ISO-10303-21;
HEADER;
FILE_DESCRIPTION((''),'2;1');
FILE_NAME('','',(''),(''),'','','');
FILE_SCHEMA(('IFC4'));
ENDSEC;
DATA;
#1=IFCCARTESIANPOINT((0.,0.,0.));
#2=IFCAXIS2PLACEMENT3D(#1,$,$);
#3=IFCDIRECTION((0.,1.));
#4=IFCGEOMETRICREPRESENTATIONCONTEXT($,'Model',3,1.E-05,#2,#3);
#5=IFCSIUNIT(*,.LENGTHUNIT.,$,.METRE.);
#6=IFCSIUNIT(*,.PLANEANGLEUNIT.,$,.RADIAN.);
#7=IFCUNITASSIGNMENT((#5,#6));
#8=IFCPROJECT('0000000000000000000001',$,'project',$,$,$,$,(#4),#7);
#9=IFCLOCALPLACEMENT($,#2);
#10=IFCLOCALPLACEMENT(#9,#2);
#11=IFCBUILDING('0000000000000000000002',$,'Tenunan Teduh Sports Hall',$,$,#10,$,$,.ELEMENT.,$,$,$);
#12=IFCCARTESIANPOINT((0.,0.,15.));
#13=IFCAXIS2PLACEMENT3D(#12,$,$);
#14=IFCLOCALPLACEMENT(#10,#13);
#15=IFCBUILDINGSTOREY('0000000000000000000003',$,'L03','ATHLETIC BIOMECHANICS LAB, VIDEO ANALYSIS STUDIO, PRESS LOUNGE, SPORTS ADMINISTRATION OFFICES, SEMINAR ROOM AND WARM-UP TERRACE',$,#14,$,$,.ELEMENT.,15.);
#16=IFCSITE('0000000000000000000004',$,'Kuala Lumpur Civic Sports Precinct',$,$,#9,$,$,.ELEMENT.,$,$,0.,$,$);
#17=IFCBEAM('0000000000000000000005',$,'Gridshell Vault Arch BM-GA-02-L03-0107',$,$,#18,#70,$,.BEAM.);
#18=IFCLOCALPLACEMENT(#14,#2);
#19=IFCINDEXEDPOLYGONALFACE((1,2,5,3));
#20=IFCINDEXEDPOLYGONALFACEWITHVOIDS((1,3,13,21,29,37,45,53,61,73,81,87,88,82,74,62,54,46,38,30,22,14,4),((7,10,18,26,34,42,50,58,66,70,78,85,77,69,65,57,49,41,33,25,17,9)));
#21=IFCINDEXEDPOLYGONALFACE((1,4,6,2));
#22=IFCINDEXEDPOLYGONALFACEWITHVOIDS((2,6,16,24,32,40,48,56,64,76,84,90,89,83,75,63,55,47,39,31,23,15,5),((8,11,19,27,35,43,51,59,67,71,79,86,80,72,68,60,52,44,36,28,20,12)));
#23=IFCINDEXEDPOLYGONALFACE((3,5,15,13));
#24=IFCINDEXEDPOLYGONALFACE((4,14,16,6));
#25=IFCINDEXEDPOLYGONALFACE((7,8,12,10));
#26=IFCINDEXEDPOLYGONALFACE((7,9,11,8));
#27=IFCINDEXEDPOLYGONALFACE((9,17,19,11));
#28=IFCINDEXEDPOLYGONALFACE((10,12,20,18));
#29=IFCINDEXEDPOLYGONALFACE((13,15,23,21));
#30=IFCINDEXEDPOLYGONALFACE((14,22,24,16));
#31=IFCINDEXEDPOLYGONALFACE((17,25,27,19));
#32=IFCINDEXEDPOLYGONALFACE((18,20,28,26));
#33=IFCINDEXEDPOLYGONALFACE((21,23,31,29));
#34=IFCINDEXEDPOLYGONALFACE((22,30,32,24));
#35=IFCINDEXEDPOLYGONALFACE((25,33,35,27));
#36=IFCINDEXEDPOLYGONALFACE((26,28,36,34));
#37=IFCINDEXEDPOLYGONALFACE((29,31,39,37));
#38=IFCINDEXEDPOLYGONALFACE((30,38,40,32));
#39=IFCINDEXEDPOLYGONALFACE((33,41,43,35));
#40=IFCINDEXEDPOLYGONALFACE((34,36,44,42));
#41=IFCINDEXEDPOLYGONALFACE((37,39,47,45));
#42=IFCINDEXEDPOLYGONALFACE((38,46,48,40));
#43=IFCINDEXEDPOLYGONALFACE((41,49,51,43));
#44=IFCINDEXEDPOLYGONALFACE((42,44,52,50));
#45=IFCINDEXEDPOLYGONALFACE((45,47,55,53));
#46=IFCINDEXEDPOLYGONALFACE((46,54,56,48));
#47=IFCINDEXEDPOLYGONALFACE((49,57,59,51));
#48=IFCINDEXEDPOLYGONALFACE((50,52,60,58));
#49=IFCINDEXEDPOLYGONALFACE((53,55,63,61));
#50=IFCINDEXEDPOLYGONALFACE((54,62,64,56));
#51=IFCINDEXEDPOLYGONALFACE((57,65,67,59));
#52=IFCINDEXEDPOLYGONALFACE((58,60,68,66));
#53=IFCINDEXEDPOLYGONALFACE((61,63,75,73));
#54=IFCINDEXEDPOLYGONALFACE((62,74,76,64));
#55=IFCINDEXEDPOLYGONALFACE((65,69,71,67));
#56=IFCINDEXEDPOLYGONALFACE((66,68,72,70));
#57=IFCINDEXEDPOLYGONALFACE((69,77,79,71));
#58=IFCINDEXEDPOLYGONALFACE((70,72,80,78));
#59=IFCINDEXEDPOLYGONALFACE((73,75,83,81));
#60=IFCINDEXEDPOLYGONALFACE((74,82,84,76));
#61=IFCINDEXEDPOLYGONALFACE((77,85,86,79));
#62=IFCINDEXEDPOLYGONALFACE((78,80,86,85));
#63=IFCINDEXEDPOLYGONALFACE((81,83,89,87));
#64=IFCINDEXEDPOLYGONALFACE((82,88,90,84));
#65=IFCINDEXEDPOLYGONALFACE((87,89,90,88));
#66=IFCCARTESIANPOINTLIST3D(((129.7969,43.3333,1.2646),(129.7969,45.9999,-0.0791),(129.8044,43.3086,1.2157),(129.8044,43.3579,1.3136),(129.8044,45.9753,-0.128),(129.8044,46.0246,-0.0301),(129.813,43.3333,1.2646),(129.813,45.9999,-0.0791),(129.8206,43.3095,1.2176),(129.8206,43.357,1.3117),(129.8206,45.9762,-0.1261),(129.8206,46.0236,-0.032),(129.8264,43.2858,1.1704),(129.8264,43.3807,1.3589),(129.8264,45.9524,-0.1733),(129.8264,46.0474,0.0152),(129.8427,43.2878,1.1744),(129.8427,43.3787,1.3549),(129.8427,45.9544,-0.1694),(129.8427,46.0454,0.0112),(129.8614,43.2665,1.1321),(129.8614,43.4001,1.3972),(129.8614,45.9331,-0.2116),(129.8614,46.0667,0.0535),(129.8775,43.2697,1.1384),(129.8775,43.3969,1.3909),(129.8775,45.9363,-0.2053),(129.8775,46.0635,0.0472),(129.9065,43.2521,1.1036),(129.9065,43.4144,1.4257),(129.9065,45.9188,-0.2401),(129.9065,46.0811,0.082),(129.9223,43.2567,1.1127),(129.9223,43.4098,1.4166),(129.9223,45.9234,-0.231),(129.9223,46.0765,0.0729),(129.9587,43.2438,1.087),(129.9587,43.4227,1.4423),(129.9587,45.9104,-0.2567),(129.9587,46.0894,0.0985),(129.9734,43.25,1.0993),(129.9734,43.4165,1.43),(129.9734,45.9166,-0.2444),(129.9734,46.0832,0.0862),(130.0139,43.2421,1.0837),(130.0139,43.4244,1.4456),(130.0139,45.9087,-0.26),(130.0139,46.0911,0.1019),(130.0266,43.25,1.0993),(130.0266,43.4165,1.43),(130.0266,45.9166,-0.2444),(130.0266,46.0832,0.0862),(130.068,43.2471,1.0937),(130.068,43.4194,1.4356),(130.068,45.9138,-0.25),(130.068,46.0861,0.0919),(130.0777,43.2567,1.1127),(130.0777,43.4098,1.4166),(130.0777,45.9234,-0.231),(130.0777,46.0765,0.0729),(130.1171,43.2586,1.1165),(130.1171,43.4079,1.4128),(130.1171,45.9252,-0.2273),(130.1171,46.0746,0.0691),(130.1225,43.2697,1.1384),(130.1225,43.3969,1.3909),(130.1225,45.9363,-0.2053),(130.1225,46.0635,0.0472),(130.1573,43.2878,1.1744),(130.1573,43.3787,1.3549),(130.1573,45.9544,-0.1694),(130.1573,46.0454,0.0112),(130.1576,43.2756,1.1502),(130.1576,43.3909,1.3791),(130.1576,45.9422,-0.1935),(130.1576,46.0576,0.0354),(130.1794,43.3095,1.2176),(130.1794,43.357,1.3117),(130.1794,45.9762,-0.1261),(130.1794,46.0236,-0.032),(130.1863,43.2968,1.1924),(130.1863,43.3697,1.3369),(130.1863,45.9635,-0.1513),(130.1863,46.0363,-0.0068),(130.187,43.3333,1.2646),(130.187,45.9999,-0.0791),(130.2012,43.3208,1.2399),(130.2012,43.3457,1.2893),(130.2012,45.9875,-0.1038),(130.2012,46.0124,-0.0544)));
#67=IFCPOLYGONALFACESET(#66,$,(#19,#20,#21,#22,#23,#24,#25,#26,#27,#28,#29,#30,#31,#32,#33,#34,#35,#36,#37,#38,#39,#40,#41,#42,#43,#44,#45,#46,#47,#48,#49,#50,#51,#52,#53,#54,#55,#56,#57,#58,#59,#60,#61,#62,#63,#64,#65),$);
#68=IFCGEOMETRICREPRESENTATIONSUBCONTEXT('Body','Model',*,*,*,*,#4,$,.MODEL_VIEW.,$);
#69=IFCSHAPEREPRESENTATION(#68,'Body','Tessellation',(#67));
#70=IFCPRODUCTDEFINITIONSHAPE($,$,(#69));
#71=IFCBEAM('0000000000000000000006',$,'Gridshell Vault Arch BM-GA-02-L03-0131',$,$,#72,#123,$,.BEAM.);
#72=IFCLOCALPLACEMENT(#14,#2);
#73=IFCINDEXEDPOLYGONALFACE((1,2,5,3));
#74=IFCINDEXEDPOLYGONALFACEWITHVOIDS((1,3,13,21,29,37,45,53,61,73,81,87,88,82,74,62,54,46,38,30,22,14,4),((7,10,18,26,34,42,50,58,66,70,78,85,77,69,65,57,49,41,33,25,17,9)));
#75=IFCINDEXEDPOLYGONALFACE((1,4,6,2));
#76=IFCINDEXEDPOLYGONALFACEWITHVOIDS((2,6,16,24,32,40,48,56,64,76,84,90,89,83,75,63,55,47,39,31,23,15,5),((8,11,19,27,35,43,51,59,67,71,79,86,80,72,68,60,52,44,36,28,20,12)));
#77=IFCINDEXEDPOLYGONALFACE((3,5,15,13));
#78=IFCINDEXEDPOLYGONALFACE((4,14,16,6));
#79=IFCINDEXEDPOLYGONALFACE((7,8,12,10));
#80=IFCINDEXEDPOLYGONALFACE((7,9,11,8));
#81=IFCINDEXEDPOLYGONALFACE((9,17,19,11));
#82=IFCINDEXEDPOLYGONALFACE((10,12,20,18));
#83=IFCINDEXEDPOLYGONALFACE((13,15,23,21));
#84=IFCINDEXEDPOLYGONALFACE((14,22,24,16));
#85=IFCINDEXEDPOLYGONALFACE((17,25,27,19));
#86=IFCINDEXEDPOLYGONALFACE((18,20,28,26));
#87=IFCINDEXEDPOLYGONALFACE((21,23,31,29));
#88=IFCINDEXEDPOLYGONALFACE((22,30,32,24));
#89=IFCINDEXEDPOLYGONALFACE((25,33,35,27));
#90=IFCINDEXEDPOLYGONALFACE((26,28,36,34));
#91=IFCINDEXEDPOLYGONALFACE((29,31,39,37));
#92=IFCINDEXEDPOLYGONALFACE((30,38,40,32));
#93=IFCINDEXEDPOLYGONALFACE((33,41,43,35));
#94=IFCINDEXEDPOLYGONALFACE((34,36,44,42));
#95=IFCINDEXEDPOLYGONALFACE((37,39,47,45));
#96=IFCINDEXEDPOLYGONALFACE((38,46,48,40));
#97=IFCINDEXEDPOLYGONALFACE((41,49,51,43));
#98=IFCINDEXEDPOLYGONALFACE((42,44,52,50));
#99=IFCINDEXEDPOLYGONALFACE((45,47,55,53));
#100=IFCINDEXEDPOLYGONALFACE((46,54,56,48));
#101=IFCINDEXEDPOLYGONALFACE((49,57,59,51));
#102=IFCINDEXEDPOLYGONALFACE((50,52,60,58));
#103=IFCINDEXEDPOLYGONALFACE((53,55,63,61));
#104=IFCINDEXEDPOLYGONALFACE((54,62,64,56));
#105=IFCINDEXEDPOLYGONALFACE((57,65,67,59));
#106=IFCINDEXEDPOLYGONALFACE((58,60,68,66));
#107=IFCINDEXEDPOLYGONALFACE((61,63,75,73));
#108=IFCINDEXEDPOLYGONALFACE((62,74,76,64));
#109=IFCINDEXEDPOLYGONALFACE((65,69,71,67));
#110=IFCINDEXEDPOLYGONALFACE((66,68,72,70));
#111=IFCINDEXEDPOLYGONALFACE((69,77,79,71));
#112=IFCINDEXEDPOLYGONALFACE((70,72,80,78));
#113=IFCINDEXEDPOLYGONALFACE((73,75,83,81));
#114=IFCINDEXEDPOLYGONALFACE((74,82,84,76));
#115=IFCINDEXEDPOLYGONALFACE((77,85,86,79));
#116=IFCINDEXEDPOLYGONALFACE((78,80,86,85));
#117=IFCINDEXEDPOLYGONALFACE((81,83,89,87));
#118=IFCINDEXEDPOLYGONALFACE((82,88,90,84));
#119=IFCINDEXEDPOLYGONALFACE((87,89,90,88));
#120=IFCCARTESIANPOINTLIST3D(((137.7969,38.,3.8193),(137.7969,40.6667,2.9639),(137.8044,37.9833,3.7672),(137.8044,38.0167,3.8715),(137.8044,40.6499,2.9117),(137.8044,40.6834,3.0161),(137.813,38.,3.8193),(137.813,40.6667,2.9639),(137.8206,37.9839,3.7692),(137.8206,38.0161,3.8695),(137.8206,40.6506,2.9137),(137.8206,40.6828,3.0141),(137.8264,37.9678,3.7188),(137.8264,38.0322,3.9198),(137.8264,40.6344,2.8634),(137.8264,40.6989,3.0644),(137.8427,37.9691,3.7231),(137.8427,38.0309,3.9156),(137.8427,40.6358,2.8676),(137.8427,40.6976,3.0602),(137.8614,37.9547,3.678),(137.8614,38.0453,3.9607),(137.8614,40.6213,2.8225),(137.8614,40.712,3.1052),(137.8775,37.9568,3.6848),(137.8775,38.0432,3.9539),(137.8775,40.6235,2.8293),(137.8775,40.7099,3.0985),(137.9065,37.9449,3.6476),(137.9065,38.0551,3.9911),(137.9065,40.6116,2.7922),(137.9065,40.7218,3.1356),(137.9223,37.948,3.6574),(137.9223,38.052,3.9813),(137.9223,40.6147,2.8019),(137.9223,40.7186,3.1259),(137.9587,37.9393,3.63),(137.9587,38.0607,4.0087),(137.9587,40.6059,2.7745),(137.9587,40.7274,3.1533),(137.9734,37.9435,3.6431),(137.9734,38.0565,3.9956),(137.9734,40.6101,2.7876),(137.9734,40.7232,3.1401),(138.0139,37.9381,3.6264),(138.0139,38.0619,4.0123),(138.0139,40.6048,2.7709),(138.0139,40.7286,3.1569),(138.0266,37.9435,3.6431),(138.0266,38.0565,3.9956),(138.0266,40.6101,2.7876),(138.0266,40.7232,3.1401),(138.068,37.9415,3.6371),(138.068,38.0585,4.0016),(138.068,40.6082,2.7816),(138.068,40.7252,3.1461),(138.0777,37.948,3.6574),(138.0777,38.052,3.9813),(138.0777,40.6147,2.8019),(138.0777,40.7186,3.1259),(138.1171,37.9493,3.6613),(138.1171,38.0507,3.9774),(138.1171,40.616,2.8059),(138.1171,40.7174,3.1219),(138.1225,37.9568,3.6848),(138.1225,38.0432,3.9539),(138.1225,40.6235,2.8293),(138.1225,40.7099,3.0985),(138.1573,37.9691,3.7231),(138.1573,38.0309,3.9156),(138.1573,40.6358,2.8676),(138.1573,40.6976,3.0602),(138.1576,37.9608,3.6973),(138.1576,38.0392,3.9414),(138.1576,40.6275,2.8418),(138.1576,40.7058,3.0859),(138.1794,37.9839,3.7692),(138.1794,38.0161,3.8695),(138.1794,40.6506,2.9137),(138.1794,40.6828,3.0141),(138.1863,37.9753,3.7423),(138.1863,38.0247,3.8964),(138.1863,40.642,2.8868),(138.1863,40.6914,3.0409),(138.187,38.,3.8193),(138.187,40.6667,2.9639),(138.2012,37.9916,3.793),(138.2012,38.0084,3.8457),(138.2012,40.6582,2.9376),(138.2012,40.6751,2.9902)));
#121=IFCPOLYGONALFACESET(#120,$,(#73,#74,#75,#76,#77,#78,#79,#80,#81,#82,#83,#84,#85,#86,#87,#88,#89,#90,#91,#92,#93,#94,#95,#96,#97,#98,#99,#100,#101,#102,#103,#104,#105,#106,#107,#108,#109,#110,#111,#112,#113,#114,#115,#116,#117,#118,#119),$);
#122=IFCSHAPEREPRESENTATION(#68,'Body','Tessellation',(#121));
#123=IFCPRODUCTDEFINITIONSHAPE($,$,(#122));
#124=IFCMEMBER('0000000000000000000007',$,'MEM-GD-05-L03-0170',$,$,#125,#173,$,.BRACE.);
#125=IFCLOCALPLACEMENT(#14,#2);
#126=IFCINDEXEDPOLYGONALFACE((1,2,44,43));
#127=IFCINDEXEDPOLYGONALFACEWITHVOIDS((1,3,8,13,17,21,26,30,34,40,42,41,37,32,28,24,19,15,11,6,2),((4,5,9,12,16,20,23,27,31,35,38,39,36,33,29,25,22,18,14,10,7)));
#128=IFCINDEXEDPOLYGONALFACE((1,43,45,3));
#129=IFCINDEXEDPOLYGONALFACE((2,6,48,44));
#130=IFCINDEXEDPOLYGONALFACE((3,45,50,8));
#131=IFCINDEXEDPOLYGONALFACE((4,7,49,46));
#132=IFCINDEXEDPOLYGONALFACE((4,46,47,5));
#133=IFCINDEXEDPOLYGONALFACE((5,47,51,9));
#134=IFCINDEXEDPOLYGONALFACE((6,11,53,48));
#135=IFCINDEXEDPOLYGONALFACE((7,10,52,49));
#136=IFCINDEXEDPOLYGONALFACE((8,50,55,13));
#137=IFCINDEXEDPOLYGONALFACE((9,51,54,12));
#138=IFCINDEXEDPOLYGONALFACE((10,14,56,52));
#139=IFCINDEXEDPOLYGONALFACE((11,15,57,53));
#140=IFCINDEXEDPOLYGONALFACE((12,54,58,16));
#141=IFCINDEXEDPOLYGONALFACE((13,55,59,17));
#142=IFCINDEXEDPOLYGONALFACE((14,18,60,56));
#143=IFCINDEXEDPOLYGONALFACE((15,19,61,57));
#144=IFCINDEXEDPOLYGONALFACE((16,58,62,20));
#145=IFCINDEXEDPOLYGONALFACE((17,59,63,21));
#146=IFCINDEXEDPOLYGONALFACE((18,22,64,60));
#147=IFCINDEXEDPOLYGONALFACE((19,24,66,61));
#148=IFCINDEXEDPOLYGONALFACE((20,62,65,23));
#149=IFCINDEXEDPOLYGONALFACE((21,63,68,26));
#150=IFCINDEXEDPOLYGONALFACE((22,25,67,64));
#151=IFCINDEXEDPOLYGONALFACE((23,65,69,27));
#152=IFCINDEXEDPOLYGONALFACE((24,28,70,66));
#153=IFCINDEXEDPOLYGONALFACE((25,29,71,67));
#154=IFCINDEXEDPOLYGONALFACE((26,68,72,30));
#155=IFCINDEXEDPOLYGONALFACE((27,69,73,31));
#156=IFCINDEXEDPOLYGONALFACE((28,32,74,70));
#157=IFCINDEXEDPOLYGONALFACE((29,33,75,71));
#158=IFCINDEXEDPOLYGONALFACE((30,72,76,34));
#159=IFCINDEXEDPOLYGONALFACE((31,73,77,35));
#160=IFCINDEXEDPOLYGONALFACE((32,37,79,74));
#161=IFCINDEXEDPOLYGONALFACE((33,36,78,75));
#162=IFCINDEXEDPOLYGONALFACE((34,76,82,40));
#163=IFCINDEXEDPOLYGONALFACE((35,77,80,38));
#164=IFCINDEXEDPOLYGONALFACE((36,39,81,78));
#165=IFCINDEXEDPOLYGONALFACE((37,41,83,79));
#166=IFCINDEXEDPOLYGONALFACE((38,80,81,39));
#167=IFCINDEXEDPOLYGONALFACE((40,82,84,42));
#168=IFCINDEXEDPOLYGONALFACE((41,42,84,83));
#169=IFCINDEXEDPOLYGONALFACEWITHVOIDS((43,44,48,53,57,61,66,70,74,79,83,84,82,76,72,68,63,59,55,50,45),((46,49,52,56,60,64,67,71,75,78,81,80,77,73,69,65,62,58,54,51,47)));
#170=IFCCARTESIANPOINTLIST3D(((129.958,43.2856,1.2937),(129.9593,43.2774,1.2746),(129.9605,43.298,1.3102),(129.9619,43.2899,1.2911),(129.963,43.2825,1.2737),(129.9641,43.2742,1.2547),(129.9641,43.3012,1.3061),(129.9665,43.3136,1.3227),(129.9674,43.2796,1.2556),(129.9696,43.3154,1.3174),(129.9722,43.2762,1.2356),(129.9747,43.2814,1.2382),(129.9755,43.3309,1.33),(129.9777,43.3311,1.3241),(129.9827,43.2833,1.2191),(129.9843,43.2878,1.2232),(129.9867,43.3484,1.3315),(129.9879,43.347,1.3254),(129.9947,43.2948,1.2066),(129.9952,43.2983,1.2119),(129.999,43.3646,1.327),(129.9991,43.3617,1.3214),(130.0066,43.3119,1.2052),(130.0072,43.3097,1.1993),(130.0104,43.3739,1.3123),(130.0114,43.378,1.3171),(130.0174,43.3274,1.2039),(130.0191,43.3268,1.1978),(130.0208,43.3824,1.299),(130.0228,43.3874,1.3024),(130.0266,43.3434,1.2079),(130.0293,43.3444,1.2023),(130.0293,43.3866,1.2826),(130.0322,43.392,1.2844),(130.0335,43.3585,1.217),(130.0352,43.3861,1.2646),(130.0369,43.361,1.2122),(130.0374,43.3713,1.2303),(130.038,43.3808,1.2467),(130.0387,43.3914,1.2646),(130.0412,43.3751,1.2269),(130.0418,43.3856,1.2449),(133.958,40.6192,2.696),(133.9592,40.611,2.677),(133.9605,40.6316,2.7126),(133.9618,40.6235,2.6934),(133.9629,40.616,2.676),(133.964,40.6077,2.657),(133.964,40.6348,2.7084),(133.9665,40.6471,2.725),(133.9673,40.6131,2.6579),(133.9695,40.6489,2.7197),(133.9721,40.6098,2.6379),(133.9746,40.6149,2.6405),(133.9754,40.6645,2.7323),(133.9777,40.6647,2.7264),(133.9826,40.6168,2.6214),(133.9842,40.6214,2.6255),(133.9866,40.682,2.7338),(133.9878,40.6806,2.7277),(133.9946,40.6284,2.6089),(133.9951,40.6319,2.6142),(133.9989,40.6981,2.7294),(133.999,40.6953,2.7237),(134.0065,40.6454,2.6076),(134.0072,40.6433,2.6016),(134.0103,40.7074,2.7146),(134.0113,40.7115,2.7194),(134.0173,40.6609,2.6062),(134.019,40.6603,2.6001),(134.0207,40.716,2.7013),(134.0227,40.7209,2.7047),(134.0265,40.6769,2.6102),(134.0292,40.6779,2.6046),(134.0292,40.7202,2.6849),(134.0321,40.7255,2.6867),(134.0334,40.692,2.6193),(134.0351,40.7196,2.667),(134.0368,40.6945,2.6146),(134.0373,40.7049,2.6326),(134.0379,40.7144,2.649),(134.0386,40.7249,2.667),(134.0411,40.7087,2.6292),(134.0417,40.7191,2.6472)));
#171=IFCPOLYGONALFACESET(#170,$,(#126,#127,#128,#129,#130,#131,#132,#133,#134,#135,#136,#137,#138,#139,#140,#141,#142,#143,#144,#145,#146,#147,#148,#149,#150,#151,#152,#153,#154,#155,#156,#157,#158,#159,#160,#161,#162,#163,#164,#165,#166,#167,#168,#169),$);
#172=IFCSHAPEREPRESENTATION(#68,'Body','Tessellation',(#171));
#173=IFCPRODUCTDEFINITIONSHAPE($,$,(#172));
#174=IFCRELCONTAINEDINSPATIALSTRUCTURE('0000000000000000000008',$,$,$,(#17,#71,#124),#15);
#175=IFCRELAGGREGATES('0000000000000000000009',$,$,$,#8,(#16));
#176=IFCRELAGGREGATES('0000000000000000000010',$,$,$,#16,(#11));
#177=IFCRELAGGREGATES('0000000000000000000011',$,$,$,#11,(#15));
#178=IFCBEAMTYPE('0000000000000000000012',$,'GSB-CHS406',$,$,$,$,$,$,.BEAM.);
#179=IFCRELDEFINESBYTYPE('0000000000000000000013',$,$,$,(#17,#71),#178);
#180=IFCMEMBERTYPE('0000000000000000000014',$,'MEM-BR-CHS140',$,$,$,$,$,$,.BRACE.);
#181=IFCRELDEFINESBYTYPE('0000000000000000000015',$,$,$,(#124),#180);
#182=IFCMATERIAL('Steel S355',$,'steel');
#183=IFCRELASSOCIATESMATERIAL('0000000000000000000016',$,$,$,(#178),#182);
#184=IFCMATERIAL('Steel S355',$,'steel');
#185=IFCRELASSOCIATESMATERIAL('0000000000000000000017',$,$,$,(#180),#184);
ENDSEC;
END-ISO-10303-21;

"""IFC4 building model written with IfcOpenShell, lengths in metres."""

from ifc_helpers import new_model, si_unit, direction, frame, origin, origin_2d, place, context, subcontext, project, spatial, hollow_circle, extrude, material, material_profile, profile_set, type_object, element, save


model = new_model("IFC4")

# Units and contexts
model_context = context("Model", 3, precision=1e-05, world=origin(), true_north=direction((0.0, 1.0)))
body_context = subcontext(model_context, "Body", "Model", "MODEL_VIEW")
ifc_project = project(units=[si_unit("LENGTHUNIT", "METRE"), si_unit("PLANEANGLEUNIT", "RADIAN")], contexts=[model_context])

# Site, building, storey
site_placement = place(None, origin())
site = spatial("IfcSite", under=ifc_project, at=site_placement, Name="Kuala Lumpur Civic Sports Precinct", CompositionType="ELEMENT", RefElevation=0.0)
building_placement = place(site_placement, origin())
building = spatial("IfcBuilding", under=site, at=building_placement, Name="Tenunan Teduh Sports Hall", CompositionType="ELEMENT")
storey_placement = place(building_placement, frame((0.0, 0.0, 15.0)))
storey = spatial("IfcBuildingStorey", under=building, at=storey_placement, Name="L03", Description="ATHLETIC BIOMECHANICS LAB, VIDEO ANALYSIS STUDIO, PRESS LOUNGE, SPORTS ADMINISTRATION OFFICES, SEMINAR ROOM AND WARM-UP TERRACE", CompositionType="ELEMENT", Elevation=15.0)

# Beams
ifc_material_1 = material(Name="Steel S355", Category="steel")
ifc_material_profile_1 = material_profile(ifc_material_1, hollow_circle(Radius=0.2031, WallThickness=0.0161, at=origin_2d()), Name="CHS 406.4x16.0")
ifc_profile_set_1 = profile_set([ifc_material_profile_1], Name="Steel S355")
beam_type_1 = type_object("IfcBeamType", Name="GSB-CHS406", PredefinedType="BEAM", material=ifc_profile_set_1)
beam_1_placement = place(storey_placement, frame((130.0, 43.3333, 1.2646), z_axis=(0.0, 0.893033, -0.449991), x_axis=(-1.0, 0.0, 0.0)))
element("IfcBeam", 1, at=beam_1_placement, inside=storey, type_object=beam_type_1, Name="Gridshell Vault Arch BM-GA-02-L03-0107", PredefinedType="BEAM", context=body_context, shape_type="SweptSolid", body=[
    extrude(hollow_circle(Radius=0.2031, WallThickness=0.0161, at=origin_2d()), origin(), (0.0, 0.0, 1.0), 2.9861),
])
beam_2_placement = place(storey_placement, frame((138.0, 38.0, 3.8193), z_axis=(0.0, 0.952205, -0.305459), x_axis=(-1.0, 0.0, 0.0)))
element("IfcBeam", 2, at=beam_2_placement, inside=storey, type_object=beam_type_1, Name="Gridshell Vault Arch BM-GA-02-L03-0131", PredefinedType="BEAM", context=body_context, shape_type="SweptSolid", body=[
    extrude(hollow_circle(Radius=0.2031, WallThickness=0.0161, at=origin_2d()), origin(), (0.0, 0.0, 1.0), 2.8005),
])

# Member
ifc_material_2 = material(Name="Steel S355", Category="steel")
ifc_material_profile_2 = material_profile(ifc_material_2, hollow_circle(Radius=0.0698, WallThickness=0.0063, at=origin_2d()), Name="CHS 139.7x6.3")
ifc_profile_set_2 = profile_set([ifc_material_profile_2], Name="Steel S355")
member_type_1 = type_object("IfcMemberType", Name="MEM-BR-CHS140", PredefinedType="BRACE", material=ifc_profile_set_2)
member_1_placement = place(storey_placement, frame((130.0, 43.3333, 1.2646), z_axis=(0.798774, -0.532483, 0.280039), x_axis=(0.554677, 0.832066, 0.0)))
element("IfcMember", 3, at=member_1_placement, inside=storey, type_object=member_type_1, Name="MEM-GD-05-L03-0170", PredefinedType="BRACE", context=body_context, shape_type="SweptSolid", body=[
    extrude(hollow_circle(Radius=0.0698, WallThickness=0.0063, at=origin_2d()), origin(), (0.0, 0.0, 1.0), 5.0076),
])

save(model, "model.ifc")
